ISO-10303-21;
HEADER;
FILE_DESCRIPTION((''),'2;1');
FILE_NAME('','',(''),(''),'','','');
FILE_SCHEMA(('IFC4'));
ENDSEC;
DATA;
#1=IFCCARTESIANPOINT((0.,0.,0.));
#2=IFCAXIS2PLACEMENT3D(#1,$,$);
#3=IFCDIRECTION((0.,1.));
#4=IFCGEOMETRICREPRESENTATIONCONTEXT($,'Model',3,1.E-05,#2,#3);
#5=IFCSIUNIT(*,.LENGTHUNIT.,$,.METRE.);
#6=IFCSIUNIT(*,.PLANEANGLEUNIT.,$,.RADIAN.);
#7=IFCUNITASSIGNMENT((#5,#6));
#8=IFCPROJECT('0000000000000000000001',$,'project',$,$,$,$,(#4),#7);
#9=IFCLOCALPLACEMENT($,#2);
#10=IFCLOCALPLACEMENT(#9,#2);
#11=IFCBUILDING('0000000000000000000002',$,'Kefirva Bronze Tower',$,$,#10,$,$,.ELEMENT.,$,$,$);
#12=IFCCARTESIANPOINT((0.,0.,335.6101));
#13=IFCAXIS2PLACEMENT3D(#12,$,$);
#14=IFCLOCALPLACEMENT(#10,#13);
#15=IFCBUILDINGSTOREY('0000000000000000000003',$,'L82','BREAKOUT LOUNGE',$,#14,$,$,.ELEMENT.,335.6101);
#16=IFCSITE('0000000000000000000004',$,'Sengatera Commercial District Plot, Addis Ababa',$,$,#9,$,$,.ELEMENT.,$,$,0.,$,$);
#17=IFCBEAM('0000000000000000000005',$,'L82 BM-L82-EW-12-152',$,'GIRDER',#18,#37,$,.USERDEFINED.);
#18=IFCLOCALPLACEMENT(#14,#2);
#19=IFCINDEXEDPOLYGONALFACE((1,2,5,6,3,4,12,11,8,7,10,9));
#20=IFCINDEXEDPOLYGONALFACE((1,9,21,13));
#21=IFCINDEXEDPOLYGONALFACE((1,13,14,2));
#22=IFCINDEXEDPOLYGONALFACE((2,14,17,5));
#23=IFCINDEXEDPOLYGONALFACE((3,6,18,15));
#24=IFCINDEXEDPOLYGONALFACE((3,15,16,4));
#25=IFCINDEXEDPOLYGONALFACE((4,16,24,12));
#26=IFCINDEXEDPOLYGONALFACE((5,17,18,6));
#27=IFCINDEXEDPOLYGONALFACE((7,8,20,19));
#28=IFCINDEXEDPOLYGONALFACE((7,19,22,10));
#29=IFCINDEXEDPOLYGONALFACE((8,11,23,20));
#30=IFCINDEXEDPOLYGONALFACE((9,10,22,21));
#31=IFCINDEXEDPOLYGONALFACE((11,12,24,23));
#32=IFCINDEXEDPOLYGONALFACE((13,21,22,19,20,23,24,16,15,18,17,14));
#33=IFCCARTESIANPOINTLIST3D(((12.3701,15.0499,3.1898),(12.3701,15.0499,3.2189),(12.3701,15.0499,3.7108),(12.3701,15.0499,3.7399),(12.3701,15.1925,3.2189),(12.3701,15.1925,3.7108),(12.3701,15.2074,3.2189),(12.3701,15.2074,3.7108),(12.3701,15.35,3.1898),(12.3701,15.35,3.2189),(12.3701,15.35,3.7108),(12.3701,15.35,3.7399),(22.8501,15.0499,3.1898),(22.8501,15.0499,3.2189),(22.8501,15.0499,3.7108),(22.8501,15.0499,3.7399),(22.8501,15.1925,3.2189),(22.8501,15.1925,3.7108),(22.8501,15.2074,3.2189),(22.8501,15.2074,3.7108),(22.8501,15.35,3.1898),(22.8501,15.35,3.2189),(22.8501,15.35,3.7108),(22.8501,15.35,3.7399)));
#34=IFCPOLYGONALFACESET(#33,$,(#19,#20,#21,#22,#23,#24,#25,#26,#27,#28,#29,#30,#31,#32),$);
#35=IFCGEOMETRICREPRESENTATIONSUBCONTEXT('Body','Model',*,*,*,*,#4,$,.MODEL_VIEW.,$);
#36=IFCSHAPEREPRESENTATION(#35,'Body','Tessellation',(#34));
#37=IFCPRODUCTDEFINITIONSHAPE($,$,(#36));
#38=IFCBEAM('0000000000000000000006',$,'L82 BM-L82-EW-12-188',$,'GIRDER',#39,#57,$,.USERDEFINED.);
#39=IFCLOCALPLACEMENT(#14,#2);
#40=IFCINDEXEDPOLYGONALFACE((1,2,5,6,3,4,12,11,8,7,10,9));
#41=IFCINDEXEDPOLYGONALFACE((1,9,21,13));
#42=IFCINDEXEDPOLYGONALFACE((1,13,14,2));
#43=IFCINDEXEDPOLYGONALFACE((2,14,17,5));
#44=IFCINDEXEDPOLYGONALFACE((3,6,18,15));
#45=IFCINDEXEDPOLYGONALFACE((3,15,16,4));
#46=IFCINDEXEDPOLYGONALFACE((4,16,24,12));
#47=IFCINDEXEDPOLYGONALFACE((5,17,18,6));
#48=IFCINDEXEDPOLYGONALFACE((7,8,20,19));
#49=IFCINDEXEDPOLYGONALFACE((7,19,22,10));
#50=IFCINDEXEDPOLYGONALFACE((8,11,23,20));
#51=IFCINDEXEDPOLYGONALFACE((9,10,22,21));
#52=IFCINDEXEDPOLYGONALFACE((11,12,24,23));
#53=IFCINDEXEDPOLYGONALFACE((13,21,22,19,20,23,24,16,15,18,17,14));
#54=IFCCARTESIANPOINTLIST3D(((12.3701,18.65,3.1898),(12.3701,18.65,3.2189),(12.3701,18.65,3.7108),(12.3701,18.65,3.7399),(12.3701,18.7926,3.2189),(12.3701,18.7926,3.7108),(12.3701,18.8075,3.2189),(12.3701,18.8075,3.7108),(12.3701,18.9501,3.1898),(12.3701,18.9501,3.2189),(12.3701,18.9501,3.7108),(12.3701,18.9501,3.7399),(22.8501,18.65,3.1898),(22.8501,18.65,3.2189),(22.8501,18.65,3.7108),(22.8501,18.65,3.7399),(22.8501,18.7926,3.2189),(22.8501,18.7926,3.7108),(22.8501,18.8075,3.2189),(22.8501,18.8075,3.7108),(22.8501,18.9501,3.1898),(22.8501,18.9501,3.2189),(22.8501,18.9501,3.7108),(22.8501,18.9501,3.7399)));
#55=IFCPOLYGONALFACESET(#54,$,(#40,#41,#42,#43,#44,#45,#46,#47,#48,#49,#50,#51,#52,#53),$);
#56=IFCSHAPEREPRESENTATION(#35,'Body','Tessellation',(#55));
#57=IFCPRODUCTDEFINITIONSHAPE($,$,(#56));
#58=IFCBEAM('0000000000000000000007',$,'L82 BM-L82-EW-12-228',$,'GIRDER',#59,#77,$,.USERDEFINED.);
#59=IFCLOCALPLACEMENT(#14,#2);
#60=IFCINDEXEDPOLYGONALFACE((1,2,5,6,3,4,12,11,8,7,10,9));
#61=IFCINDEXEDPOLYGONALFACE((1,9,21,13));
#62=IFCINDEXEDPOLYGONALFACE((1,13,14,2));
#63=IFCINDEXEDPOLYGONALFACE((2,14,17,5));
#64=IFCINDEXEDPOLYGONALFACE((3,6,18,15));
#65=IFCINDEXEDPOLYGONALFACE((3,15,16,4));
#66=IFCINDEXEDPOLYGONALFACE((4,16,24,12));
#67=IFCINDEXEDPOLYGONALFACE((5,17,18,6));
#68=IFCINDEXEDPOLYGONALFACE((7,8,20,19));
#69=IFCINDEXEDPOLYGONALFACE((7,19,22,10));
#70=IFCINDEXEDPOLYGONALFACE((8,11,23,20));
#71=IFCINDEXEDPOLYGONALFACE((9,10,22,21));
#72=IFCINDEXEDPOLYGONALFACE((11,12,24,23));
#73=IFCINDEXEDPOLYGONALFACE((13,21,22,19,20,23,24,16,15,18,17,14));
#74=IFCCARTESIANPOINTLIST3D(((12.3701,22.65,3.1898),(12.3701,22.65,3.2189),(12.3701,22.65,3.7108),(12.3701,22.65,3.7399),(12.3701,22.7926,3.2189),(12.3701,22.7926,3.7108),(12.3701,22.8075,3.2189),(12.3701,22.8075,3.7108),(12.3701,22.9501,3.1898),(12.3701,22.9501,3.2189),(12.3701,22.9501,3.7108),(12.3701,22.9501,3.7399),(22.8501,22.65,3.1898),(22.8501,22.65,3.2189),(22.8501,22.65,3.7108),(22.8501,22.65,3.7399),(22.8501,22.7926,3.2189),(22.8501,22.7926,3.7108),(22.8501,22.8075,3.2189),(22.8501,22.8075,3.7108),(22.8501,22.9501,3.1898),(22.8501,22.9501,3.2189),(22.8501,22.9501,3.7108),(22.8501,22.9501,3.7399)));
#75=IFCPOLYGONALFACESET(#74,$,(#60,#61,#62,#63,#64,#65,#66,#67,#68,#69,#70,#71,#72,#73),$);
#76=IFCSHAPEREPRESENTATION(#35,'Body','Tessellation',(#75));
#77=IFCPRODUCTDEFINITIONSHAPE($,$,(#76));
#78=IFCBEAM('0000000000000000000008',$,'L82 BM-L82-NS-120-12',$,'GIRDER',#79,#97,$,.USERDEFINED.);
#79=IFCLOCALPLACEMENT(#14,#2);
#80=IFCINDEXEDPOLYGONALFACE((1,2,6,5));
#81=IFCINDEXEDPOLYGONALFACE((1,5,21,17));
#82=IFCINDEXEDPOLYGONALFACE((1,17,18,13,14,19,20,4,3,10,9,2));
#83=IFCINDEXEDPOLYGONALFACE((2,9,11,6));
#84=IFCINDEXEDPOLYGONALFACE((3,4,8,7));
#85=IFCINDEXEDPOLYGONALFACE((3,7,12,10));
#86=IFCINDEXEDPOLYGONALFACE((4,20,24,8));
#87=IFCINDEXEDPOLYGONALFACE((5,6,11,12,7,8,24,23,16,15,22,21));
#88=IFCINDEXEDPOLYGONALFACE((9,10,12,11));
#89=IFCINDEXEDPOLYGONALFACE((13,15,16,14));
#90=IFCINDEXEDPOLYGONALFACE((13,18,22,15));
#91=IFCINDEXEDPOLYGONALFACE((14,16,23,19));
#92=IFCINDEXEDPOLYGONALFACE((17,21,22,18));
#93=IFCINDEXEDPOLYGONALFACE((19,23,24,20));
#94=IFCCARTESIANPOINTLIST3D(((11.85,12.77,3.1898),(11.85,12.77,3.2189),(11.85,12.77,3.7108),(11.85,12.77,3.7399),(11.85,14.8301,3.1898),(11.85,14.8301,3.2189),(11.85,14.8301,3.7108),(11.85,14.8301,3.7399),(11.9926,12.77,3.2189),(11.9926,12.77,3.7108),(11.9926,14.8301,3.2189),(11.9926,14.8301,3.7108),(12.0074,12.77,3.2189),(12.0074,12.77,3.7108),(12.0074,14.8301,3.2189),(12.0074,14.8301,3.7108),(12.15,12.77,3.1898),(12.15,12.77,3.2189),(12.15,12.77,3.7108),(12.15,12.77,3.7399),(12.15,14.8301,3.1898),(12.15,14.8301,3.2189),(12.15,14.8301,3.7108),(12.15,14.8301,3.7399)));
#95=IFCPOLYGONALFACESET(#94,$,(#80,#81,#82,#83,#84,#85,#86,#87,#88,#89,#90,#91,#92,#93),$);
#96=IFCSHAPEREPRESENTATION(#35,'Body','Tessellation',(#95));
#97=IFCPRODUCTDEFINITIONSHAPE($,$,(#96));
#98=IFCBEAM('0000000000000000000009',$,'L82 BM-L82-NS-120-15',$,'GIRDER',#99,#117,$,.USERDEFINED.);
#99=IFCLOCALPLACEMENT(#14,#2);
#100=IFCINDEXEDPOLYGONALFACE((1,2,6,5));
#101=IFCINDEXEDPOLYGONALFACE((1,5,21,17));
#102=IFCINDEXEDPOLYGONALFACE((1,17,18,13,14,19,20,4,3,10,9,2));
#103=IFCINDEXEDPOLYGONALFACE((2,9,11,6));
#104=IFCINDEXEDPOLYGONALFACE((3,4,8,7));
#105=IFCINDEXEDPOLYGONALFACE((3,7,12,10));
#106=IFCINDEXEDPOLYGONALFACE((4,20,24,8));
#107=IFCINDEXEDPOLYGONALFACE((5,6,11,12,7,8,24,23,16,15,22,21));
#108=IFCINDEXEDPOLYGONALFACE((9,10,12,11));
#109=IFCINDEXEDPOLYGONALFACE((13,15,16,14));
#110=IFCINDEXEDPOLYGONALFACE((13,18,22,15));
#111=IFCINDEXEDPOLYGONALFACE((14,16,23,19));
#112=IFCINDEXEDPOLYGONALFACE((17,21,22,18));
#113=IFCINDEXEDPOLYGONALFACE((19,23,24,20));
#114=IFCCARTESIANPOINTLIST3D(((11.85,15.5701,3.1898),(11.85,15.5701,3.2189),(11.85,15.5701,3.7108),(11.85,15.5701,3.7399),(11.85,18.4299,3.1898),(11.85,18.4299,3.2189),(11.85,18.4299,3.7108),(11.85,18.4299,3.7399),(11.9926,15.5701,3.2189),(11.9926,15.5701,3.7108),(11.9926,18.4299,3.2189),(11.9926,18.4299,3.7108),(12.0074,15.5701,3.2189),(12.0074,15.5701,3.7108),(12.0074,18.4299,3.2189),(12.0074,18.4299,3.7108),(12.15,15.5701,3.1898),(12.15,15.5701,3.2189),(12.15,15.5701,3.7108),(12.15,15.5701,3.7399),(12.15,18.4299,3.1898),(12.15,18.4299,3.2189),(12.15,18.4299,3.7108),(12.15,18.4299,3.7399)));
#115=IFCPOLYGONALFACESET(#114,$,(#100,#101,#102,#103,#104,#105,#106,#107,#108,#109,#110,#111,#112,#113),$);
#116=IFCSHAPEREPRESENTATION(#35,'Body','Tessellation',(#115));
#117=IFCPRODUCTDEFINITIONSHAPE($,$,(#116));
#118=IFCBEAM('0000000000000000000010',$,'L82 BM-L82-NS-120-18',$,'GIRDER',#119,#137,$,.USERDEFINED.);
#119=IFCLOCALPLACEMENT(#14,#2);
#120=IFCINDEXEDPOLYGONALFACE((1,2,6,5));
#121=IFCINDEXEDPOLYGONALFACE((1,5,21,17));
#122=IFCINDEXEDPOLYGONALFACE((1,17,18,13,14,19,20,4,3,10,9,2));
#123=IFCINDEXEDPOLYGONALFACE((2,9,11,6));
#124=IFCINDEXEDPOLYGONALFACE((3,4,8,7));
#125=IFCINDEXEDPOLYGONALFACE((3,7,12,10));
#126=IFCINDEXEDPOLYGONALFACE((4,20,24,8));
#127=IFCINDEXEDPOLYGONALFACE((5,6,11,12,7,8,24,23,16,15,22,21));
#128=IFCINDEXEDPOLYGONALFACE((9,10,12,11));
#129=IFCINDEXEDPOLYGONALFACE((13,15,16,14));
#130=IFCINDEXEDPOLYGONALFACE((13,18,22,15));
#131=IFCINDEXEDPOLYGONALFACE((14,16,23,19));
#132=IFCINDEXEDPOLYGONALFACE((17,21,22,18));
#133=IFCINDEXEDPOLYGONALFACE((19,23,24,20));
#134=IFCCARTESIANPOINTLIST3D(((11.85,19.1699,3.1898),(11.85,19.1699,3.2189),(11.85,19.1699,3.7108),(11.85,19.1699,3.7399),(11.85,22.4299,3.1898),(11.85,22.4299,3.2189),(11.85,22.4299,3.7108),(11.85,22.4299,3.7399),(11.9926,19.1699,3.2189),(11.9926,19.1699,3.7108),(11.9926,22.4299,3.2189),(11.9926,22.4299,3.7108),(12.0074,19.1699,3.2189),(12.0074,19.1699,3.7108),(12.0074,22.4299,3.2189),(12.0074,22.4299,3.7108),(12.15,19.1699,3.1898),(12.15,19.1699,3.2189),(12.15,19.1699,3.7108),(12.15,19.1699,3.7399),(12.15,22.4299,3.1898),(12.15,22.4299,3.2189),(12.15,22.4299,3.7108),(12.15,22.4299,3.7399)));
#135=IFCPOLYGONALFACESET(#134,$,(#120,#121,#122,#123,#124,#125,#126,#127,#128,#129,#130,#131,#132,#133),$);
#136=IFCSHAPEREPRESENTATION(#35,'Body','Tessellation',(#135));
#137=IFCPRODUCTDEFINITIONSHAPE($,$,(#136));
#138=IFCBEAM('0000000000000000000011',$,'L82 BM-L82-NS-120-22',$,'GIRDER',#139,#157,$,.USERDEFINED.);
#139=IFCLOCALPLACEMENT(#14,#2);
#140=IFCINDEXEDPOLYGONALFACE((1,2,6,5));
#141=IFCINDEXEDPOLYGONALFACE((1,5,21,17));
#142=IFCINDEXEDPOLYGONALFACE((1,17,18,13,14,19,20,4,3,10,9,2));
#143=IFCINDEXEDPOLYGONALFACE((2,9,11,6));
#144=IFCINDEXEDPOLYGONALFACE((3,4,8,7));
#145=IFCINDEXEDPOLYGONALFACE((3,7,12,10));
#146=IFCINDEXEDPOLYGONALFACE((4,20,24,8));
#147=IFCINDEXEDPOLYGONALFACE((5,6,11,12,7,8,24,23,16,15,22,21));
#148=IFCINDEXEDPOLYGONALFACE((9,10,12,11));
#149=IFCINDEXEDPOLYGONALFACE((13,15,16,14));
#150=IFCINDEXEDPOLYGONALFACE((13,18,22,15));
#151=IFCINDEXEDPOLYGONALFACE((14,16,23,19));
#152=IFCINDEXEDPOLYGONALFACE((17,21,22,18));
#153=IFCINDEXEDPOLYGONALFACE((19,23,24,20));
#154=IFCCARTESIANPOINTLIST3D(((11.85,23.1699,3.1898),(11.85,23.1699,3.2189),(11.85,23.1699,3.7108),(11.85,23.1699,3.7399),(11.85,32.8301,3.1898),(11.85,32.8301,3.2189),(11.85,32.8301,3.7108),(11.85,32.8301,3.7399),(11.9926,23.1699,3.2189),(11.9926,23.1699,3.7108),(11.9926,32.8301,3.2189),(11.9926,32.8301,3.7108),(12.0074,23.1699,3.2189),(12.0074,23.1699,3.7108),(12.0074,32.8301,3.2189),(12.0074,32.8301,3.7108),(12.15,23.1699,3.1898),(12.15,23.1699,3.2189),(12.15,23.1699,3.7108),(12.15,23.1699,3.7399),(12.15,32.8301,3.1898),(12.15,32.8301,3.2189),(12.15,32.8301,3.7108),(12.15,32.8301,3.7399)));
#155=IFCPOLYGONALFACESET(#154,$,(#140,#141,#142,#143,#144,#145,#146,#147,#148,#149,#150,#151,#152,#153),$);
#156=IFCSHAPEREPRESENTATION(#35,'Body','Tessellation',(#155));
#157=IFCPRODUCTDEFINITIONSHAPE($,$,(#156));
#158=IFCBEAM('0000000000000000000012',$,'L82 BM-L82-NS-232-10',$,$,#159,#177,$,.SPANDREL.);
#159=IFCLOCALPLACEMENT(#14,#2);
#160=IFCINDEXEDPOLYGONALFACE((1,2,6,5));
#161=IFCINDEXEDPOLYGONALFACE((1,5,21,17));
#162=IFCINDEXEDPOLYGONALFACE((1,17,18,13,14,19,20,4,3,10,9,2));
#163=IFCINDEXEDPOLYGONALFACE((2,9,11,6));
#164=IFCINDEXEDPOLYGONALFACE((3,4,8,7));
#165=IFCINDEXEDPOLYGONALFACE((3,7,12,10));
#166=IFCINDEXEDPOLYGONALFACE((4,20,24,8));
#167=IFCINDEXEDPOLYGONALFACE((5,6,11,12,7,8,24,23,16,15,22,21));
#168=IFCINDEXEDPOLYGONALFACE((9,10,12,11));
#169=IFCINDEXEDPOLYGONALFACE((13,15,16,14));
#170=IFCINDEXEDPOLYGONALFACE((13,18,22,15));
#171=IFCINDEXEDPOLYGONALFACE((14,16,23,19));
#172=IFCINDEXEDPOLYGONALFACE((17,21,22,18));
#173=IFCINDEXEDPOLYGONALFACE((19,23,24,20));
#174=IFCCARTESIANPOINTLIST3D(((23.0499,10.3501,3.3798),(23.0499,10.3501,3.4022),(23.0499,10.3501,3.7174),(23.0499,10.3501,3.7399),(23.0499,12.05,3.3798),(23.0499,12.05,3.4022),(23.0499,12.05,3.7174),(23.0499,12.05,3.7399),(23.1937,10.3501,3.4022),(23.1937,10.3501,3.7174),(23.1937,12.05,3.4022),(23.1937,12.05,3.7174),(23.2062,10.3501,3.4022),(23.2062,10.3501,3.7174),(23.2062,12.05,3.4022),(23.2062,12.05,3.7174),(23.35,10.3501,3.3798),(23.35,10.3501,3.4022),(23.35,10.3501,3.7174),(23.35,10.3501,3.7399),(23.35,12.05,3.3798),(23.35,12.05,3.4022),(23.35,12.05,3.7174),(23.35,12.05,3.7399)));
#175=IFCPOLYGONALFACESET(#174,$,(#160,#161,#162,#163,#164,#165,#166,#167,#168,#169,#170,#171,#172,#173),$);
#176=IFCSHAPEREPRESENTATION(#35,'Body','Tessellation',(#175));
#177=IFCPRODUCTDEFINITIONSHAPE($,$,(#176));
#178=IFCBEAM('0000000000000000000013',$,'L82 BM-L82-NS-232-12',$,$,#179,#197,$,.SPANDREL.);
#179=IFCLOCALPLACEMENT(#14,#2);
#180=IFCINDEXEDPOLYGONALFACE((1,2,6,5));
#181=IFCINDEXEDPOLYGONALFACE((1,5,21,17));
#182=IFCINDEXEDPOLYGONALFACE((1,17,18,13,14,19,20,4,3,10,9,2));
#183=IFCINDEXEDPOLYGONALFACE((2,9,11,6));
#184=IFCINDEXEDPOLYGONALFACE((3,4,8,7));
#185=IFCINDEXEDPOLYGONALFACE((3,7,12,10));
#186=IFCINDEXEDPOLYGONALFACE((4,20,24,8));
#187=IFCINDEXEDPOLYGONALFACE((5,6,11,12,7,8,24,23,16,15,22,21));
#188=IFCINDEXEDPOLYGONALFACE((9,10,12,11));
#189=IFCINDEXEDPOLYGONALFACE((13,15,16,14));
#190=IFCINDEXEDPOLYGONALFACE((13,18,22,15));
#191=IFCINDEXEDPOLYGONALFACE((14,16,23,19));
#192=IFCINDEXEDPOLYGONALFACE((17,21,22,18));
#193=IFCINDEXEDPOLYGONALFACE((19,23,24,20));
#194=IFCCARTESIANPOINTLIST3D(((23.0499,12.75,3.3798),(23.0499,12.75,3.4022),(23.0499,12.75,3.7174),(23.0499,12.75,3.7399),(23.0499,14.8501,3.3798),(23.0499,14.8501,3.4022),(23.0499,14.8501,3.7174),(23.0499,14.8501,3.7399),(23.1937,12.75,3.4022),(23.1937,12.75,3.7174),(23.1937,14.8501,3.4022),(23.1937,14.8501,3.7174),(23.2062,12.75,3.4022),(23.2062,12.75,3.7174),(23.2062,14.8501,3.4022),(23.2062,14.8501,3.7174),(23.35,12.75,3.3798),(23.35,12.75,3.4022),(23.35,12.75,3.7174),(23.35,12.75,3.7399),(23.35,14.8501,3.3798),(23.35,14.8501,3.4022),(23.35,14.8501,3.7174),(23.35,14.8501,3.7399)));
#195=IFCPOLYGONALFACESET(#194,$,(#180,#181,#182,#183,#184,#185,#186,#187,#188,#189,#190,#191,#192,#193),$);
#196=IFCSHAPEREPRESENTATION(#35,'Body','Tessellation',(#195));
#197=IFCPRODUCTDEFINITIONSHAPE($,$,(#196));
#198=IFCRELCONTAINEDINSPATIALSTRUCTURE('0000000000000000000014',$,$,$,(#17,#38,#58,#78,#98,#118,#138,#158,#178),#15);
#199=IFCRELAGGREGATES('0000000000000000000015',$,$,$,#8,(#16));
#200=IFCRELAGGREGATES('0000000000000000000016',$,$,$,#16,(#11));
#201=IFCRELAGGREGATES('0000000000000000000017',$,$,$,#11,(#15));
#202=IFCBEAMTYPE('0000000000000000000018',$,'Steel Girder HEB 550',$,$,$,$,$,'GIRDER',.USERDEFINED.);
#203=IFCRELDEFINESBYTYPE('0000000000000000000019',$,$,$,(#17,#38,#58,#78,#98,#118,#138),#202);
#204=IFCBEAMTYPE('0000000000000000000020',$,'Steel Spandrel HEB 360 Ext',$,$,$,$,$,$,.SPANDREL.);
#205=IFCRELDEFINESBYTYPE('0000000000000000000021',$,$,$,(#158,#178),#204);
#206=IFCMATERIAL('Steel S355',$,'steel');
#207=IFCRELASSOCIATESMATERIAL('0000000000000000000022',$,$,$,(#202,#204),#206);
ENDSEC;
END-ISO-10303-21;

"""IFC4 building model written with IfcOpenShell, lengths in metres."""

from ifc_helpers import new_model, si_unit, direction, frame, origin, origin_2d, place, context, subcontext, project, spatial, i_section, extrude, material, material_profile, profile_set, type_object, element, save


model = new_model("IFC4")

# Units and contexts
model_context = context("Model", 3, precision=1e-05, world=origin(), true_north=direction((0.0, 1.0)))
body_context = subcontext(model_context, "Body", "Model", "MODEL_VIEW")
ifc_project = project(units=[si_unit("LENGTHUNIT", "METRE"), si_unit("PLANEANGLEUNIT", "RADIAN")], contexts=[model_context])

# Site, building, storey
site_placement = place(None, origin())
site = spatial("IfcSite", under=ifc_project, at=site_placement, Name="Sengatera Commercial District Plot, Addis Ababa", CompositionType="ELEMENT", RefElevation=0.0)
building_placement = place(site_placement, origin())
building = spatial("IfcBuilding", under=site, at=building_placement, Name="Kefirva Bronze Tower", CompositionType="ELEMENT")
storey_placement = place(building_placement, frame((0.0, 0.0, 335.6101)))
storey = spatial("IfcBuildingStorey", under=building, at=storey_placement, Name="L82", Description="BREAKOUT LOUNGE", CompositionType="ELEMENT", Elevation=335.6101)

# Beams
ifc_material_1 = material(Name="Steel S355", Category="steel")
ifc_material_profile_1 = material_profile(ifc_material_1, i_section(OverallWidth=0.3, OverallDepth=0.55, WebThickness=0.0149, FlangeThickness=0.0291, at=origin_2d()), Name="HEB 550")
ifc_profile_set_1 = profile_set([ifc_material_profile_1], Name="Steel S355")
beam_type_1 = type_object("IfcBeamType", Name="Steel Girder HEB 550", ElementType="GIRDER", PredefinedType="USERDEFINED", material=ifc_profile_set_1)
for number, where, z_axis, x_axis, name in (
    (1, (12.3701, 15.2, 3.4648), (1.0, 0.0, 0.0), (0.0, 1.0, 0.0), "L82 BM-L82-EW-12-152"),
    (2, (12.3701, 18.8, 3.4648), (1.0, 0.0, 0.0), (0.0, 1.0, 0.0), "L82 BM-L82-EW-12-188"),
    (3, (12.3701, 22.8, 3.4648), (1.0, 0.0, 0.0), (0.0, 1.0, 0.0), "L82 BM-L82-EW-12-228"),
):
    element("IfcBeam", number, at=place(storey_placement, frame(where, z_axis=z_axis, x_axis=x_axis)), inside=storey, type_object=beam_type_1, Name=name, ObjectType="GIRDER", PredefinedType="USERDEFINED", context=body_context, shape_type="SweptSolid", body=[
        extrude(i_section(OverallWidth=0.3, OverallDepth=0.55, WebThickness=0.0149, FlangeThickness=0.0291, at=origin_2d()), origin(), (0.0, 0.0, 1.0), 10.48),
    ])
beam_1_placement = place(storey_placement, frame((12.0, 12.77, 3.4648), z_axis=(0.0, 1.0, 0.0), x_axis=(-1.0, 0.0, 0.0)))
element("IfcBeam", 4, at=beam_1_placement, inside=storey, type_object=beam_type_1, Name="L82 BM-L82-NS-120-12", ObjectType="GIRDER", PredefinedType="USERDEFINED", context=body_context, shape_type="SweptSolid", body=[
    extrude(i_section(OverallWidth=0.3, OverallDepth=0.55, WebThickness=0.0149, FlangeThickness=0.0291, at=origin_2d()), origin(), (0.0, 0.0, 1.0), 2.0601),
])
beam_2_placement = place(storey_placement, frame((12.0, 15.5701, 3.4648), z_axis=(0.0, 1.0, 0.0), x_axis=(-1.0, 0.0, 0.0)))
element("IfcBeam", 5, at=beam_2_placement, inside=storey, type_object=beam_type_1, Name="L82 BM-L82-NS-120-15", ObjectType="GIRDER", PredefinedType="USERDEFINED", context=body_context, shape_type="SweptSolid", body=[
    extrude(i_section(OverallWidth=0.3, OverallDepth=0.55, WebThickness=0.0149, FlangeThickness=0.0291, at=origin_2d()), origin(), (0.0, 0.0, 1.0), 2.8599),
])
beam_3_placement = place(storey_placement, frame((12.0, 19.1699, 3.4648), z_axis=(0.0, 1.0, 0.0), x_axis=(-1.0, 0.0, 0.0)))
element("IfcBeam", 6, at=beam_3_placement, inside=storey, type_object=beam_type_1, Name="L82 BM-L82-NS-120-18", ObjectType="GIRDER", PredefinedType="USERDEFINED", context=body_context, shape_type="SweptSolid", body=[
    extrude(i_section(OverallWidth=0.3, OverallDepth=0.55, WebThickness=0.0149, FlangeThickness=0.0291, at=origin_2d()), origin(), (0.0, 0.0, 1.0), 3.26),
])
beam_4_placement = place(storey_placement, frame((12.0, 23.1699, 3.4648), z_axis=(0.0, 1.0, 0.0), x_axis=(-1.0, 0.0, 0.0)))
element("IfcBeam", 7, at=beam_4_placement, inside=storey, type_object=beam_type_1, Name="L82 BM-L82-NS-120-22", ObjectType="GIRDER", PredefinedType="USERDEFINED", context=body_context, shape_type="SweptSolid", body=[
    extrude(i_section(OverallWidth=0.3, OverallDepth=0.55, WebThickness=0.0149, FlangeThickness=0.0291, at=origin_2d()), origin(), (0.0, 0.0, 1.0), 9.6602),
])
ifc_material_profile_2 = material_profile(ifc_material_1, i_section(OverallWidth=0.3, OverallDepth=0.3601, WebThickness=0.0125, FlangeThickness=0.0225, at=origin_2d()), Name="HEB 360")
ifc_profile_set_2 = profile_set([ifc_material_profile_2], Name="Steel S355")
beam_type_2 = type_object("IfcBeamType", Name="Steel Spandrel HEB 360 Ext", PredefinedType="SPANDREL", material=ifc_profile_set_2)
beam_5_placement = place(storey_placement, frame((23.2, 10.3501, 3.5598), z_axis=(0.0, 1.0, 0.0), x_axis=(-1.0, 0.0, 0.0)))
element("IfcBeam", 8, at=beam_5_placement, inside=storey, type_object=beam_type_2, Name="L82 BM-L82-NS-232-10", PredefinedType="SPANDREL", context=body_context, shape_type="SweptSolid", body=[
    extrude(i_section(OverallWidth=0.3, OverallDepth=0.3601, WebThickness=0.0125, FlangeThickness=0.0225, at=origin_2d()), origin(), (0.0, 0.0, 1.0), 1.7),
])
beam_6_placement = place(storey_placement, frame((23.2, 12.75, 3.5598), z_axis=(0.0, 1.0, 0.0), x_axis=(-1.0, 0.0, 0.0)))
element("IfcBeam", 9, at=beam_6_placement, inside=storey, type_object=beam_type_2, Name="L82 BM-L82-NS-232-12", PredefinedType="SPANDREL", context=body_context, shape_type="SweptSolid", body=[
    extrude(i_section(OverallWidth=0.3, OverallDepth=0.3601, WebThickness=0.0125, FlangeThickness=0.0225, at=origin_2d()), origin(), (0.0, 0.0, 1.0), 2.1001),
])

save(model, "model.ifc")
